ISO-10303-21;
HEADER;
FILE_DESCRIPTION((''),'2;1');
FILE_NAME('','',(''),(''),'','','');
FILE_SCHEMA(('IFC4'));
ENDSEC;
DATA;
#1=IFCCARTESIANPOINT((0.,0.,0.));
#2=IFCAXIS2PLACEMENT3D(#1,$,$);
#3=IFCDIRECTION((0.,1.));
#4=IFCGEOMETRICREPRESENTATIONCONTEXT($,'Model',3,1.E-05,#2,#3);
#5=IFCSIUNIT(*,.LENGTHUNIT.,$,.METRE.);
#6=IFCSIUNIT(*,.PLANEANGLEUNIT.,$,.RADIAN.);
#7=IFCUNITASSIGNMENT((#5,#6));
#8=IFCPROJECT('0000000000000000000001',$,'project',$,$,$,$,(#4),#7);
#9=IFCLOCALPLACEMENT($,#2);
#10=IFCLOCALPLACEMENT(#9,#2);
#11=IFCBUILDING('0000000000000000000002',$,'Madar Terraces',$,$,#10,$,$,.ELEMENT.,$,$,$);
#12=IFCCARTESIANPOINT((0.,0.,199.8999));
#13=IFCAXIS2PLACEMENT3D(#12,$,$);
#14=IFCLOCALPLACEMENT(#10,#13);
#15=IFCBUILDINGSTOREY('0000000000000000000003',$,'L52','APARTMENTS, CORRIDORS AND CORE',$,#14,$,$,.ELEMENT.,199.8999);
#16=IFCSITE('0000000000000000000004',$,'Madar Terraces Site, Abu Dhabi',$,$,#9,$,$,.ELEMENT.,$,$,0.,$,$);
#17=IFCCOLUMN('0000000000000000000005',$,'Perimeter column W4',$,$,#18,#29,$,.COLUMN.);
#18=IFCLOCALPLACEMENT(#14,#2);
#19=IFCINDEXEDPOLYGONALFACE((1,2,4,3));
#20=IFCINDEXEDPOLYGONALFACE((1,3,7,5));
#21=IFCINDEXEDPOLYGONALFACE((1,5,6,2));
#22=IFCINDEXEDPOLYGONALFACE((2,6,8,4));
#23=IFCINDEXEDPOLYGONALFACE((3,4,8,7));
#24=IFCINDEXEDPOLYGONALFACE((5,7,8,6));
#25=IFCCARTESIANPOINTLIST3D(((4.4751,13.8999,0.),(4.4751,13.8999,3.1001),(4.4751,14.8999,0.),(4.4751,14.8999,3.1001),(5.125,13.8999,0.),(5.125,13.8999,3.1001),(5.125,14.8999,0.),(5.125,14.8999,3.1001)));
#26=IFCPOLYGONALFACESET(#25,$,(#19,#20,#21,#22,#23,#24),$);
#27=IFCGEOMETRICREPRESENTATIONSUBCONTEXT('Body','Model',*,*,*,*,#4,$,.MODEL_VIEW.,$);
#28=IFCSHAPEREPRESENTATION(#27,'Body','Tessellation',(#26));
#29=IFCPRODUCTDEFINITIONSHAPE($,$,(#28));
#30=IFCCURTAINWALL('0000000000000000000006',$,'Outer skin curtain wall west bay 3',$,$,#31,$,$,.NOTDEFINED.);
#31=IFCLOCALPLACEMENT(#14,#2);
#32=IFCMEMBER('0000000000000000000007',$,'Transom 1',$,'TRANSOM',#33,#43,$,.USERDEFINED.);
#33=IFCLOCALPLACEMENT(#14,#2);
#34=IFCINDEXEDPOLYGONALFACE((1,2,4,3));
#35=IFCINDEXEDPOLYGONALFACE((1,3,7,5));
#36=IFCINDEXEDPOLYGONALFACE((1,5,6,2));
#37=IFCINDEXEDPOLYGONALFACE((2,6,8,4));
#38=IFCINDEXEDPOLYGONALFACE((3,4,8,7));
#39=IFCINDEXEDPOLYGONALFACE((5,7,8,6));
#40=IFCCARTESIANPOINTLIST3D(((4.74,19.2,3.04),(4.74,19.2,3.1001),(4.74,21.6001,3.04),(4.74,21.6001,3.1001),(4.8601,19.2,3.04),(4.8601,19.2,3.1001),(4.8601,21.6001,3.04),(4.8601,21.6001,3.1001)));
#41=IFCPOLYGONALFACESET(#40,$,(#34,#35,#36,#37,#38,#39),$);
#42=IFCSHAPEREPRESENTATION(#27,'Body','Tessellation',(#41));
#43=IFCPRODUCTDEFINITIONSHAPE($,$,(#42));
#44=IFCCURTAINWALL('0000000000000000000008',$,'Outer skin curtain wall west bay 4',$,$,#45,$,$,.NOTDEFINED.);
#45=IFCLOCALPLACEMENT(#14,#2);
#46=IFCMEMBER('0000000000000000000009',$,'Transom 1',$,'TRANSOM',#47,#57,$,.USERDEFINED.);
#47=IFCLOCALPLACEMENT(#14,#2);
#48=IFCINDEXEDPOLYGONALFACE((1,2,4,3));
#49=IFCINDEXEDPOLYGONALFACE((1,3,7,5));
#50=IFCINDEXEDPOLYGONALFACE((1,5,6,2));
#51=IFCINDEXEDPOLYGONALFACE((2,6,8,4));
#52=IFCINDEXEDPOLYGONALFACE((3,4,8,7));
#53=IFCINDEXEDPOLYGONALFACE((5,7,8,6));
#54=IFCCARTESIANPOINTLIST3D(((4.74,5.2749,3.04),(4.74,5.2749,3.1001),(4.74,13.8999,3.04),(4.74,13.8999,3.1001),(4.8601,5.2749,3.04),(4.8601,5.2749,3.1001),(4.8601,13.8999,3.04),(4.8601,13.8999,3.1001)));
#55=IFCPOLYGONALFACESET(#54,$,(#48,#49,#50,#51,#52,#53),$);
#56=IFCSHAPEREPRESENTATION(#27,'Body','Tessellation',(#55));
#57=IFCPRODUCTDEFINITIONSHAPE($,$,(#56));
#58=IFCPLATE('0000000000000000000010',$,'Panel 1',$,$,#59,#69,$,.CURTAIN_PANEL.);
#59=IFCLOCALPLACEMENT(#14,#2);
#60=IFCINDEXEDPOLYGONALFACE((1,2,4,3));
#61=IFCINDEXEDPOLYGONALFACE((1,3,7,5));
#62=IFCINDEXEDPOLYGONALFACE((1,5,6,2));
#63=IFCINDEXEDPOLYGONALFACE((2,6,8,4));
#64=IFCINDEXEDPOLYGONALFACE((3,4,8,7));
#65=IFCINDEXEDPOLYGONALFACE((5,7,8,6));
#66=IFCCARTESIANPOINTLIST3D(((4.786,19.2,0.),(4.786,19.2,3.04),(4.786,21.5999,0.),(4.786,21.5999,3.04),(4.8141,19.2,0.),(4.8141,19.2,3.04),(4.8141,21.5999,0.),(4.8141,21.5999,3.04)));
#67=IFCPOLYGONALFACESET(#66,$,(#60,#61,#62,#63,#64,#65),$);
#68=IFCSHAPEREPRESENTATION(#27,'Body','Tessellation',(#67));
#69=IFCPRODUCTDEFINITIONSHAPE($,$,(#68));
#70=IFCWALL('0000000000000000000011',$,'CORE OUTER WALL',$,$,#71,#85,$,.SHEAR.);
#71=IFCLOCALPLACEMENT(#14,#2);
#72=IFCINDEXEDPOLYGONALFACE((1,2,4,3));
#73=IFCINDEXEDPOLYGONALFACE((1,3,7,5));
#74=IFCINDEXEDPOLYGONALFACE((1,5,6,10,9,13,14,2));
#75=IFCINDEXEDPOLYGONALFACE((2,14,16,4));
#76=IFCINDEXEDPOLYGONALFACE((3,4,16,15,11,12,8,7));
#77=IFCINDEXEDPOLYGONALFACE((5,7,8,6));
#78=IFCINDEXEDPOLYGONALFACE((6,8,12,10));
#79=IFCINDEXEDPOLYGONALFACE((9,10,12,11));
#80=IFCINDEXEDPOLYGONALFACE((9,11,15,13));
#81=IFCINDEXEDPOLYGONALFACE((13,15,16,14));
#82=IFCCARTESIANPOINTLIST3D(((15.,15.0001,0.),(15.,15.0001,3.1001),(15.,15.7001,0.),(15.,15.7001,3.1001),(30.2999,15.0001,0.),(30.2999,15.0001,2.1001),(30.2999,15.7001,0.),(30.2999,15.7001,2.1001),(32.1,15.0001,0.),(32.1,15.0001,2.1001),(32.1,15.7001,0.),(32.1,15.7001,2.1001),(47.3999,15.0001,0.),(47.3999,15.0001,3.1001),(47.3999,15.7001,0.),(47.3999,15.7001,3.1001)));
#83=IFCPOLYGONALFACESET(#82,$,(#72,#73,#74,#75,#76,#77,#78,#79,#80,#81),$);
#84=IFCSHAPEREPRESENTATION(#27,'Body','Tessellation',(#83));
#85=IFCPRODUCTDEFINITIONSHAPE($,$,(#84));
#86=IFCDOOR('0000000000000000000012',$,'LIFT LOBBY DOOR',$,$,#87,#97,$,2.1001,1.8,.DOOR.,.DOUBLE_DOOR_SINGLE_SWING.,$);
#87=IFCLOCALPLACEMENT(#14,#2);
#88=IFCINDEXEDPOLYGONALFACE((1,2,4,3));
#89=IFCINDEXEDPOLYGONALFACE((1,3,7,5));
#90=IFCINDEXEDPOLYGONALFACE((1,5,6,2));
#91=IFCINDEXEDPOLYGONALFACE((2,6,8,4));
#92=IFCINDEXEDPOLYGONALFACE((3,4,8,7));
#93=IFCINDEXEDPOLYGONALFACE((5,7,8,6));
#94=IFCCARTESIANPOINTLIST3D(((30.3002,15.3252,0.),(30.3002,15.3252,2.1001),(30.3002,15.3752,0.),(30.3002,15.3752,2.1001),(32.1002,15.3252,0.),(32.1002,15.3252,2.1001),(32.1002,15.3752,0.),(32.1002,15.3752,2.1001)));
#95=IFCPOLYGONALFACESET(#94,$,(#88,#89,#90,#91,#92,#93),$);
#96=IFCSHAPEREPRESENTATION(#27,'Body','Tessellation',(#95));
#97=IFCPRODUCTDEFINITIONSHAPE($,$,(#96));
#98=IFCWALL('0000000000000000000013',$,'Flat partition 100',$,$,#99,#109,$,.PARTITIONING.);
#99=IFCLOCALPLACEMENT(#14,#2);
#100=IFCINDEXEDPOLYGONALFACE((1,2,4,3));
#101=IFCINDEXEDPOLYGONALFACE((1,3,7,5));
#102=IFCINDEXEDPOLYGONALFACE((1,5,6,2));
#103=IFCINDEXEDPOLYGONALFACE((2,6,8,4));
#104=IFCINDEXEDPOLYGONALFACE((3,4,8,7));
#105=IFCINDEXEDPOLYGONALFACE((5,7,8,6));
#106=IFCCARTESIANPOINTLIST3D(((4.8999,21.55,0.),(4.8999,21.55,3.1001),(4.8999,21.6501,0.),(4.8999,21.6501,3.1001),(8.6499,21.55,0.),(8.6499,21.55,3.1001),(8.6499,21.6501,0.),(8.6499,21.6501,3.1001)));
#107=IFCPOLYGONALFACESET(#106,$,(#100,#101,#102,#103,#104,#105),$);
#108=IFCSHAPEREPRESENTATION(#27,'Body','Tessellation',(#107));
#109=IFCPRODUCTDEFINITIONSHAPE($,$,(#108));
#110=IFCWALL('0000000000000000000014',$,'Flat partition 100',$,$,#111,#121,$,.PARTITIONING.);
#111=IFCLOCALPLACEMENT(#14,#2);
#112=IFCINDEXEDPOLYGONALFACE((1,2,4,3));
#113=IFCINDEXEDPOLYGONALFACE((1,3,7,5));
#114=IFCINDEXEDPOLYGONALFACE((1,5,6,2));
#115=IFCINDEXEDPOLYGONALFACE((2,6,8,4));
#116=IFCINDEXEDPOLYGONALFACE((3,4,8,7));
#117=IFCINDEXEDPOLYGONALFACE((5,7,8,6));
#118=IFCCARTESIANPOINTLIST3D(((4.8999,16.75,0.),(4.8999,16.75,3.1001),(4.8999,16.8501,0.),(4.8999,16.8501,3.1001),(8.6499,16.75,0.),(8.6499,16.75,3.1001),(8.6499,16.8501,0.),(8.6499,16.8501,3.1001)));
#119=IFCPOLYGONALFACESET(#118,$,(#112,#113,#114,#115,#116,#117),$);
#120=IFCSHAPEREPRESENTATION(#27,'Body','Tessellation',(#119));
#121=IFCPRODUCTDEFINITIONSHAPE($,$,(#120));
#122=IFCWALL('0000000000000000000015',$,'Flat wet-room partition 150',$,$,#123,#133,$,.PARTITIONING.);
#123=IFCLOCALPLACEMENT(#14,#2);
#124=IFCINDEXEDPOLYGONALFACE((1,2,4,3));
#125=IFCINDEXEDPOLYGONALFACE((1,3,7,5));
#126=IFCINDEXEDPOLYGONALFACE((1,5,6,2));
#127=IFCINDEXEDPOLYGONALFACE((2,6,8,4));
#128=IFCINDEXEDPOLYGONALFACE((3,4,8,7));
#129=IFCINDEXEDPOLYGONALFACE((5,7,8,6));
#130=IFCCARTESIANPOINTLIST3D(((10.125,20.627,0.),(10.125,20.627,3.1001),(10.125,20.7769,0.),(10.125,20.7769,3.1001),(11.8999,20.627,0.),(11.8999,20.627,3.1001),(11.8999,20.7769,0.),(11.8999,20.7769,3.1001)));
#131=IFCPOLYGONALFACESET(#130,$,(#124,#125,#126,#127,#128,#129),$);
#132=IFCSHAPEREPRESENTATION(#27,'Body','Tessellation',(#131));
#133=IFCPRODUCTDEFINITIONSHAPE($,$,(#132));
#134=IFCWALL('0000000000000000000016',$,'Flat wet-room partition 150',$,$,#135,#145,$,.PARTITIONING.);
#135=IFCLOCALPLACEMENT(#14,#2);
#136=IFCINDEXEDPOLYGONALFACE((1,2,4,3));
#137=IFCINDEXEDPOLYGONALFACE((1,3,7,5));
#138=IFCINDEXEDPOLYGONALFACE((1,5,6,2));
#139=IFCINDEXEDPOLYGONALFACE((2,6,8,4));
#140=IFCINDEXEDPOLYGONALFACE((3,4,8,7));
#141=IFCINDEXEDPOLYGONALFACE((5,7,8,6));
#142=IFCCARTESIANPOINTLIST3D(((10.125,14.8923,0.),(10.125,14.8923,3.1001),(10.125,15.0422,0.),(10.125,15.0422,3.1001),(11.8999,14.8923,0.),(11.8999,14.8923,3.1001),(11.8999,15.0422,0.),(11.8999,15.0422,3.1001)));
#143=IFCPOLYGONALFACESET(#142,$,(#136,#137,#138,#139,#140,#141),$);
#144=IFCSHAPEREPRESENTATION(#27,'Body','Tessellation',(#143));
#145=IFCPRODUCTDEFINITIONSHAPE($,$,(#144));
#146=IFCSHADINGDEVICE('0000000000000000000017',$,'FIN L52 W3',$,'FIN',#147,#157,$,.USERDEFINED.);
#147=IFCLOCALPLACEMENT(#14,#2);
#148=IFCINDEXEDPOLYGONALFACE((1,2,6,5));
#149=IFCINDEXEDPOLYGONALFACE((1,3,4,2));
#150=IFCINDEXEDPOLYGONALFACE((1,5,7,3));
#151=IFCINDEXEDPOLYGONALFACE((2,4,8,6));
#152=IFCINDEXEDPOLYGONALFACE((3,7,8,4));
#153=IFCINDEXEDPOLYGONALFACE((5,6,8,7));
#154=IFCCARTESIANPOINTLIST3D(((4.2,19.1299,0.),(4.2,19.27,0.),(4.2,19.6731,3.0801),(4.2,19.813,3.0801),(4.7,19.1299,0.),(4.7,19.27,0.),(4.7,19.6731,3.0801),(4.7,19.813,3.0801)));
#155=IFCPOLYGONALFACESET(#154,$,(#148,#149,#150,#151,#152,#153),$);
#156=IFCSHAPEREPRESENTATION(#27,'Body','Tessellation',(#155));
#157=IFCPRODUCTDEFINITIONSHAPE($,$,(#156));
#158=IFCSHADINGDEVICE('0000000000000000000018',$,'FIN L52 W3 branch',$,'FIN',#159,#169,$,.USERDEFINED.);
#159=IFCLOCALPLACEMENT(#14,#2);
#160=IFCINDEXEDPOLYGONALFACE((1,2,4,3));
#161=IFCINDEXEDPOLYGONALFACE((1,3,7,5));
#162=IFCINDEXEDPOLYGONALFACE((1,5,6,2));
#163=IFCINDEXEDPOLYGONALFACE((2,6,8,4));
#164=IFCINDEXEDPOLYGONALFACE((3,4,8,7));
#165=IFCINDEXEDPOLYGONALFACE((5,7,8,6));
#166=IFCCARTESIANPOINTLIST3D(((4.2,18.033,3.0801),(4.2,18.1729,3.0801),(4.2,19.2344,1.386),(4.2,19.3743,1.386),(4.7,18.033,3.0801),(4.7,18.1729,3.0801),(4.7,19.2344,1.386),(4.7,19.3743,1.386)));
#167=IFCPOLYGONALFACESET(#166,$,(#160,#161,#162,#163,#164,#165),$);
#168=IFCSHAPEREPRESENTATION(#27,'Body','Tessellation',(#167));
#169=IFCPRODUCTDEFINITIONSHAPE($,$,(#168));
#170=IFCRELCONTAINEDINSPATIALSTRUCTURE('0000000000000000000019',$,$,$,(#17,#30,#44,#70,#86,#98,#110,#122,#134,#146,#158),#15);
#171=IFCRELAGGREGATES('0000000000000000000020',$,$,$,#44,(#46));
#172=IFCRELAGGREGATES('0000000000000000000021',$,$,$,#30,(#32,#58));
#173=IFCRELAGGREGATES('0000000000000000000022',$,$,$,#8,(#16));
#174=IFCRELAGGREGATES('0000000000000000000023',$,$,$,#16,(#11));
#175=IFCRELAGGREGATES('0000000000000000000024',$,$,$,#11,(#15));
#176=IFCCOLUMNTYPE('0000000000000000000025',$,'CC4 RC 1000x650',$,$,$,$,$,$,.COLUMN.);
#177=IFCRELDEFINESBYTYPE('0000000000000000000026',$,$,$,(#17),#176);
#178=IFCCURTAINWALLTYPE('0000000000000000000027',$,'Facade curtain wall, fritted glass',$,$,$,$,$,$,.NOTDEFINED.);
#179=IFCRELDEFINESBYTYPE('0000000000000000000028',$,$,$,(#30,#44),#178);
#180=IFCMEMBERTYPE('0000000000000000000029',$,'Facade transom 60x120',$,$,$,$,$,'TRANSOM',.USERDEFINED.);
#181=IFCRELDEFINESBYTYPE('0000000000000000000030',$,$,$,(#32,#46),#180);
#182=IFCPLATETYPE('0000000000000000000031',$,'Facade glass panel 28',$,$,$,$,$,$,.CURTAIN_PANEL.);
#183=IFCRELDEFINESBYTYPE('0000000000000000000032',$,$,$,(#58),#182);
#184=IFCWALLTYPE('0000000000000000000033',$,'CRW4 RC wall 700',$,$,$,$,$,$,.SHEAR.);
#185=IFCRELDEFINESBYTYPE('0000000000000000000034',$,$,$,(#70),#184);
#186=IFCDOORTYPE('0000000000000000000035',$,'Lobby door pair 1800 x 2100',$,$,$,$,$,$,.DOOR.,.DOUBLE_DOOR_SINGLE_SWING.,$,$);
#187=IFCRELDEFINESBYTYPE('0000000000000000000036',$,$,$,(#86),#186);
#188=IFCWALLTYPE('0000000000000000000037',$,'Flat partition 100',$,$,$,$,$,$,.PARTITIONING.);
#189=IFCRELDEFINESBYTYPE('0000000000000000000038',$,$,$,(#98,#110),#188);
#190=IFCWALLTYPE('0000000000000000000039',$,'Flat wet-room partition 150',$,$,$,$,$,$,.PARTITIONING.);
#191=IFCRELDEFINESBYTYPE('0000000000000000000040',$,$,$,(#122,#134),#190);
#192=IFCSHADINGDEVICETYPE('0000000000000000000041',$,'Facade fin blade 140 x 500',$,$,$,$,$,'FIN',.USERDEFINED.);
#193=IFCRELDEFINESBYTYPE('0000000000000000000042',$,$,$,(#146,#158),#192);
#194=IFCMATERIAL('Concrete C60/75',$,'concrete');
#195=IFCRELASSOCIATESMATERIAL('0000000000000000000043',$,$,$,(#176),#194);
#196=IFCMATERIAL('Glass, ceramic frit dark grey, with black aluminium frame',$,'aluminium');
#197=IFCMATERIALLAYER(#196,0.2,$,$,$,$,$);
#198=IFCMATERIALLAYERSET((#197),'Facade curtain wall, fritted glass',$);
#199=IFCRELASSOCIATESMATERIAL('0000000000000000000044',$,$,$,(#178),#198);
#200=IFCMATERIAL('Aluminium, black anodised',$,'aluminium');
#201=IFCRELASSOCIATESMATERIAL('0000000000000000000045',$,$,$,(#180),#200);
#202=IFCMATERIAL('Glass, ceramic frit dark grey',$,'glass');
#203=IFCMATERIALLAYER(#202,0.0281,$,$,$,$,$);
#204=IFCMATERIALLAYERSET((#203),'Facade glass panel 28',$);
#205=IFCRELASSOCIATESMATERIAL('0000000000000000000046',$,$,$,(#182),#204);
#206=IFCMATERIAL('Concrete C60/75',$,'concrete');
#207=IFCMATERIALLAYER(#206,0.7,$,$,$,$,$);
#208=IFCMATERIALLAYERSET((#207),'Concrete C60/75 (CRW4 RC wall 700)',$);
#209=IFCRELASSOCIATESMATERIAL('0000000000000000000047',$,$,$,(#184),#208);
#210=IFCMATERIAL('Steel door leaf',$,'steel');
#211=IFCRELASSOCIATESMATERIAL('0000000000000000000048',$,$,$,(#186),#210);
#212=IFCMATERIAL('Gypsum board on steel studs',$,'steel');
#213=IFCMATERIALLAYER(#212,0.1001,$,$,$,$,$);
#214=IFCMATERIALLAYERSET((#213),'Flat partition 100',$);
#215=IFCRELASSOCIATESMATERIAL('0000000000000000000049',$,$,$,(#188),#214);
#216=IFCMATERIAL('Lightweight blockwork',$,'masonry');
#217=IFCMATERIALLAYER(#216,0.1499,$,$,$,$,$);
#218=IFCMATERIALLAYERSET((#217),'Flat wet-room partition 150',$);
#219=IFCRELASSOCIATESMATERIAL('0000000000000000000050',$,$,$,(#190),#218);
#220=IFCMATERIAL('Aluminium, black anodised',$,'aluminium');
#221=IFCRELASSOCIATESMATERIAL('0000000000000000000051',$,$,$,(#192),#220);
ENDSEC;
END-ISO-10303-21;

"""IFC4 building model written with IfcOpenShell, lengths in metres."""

from ifc_helpers import new_model, si_unit, direction, frame, frame_2d, origin, origin_2d, place, context, subcontext, project, spatial, polyline, rectangle, outline, extrude, material, layer, layer_set, material_profile, profile_set, type_object, element, fill, aggregate, save


model = new_model("IFC4")

# Units and contexts
model_context = context("Model", 3, precision=1e-05, world=origin(), true_north=direction((0.0, 1.0)))
body_context = subcontext(model_context, "Body", "Model", "MODEL_VIEW")
ifc_project = project(units=[si_unit("LENGTHUNIT", "METRE"), si_unit("PLANEANGLEUNIT", "RADIAN")], contexts=[model_context])

# Site, building, storey
site_placement = place(None, origin())
site = spatial("IfcSite", under=ifc_project, at=site_placement, Name="Madar Terraces Site, Abu Dhabi", CompositionType="ELEMENT", RefElevation=0.0)
building_placement = place(site_placement, origin())
building = spatial("IfcBuilding", under=site, at=building_placement, Name="Madar Terraces", CompositionType="ELEMENT")
storey_placement = place(building_placement, frame((0.0, 0.0, 199.8999)))
storey = spatial("IfcBuildingStorey", under=building, at=storey_placement, Name="L52", Description="APARTMENTS, CORRIDORS AND CORE", CompositionType="ELEMENT", Elevation=199.8999)

# Column
ifc_material_1 = material(Name="Concrete C60/75", Category="concrete")
ifc_material_profile_1 = material_profile(ifc_material_1, rectangle(XDim=1.0, YDim=0.6499, at=origin_2d()), Name="CC4 RC 1000x650")
ifc_profile_set_1 = profile_set([ifc_material_profile_1], Name="Concrete C60/75")
column_type = type_object("IfcColumnType", Name="CC4 RC 1000x650", PredefinedType="COLUMN", material=ifc_profile_set_1)
column_placement = place(storey_placement, frame((4.8, 14.3999, 0.0), z_axis=(0.0, 0.0, 1.0), x_axis=(0.0, 1.0, 0.0)))
element("IfcColumn", 1, at=column_placement, inside=storey, type_object=column_type, Name="Perimeter column W4", PredefinedType="COLUMN", context=body_context, shape_type="SweptSolid", body=[
    extrude(rectangle(XDim=1.0, YDim=0.6499, at=origin_2d()), origin(), (0.0, 0.0, 1.0), 3.1001),
])

# Curtain walls, members
ifc_material_2 = material(Name="Glass, ceramic frit dark grey, with black aluminium frame", Category="aluminium")
ifc_layer_1 = layer(ifc_material_2, 0.2)
ifc_layer_set_1 = layer_set([ifc_layer_1], Name="Facade curtain wall, fritted glass")
curtain_wall_type = type_object("IfcCurtainWallType", Name="Facade curtain wall, fritted glass", PredefinedType="NOTDEFINED", material=ifc_layer_set_1)
curtain_wall_1_placement = place(storey_placement, origin())
curtain_wall_1 = element("IfcCurtainWall", 2, at=curtain_wall_1_placement, inside=storey, type_object=curtain_wall_type, Name="Outer skin curtain wall west bay 3", PredefinedType="NOTDEFINED")
ifc_material_3 = material(Name="Aluminium, black anodised", Category="aluminium")
ifc_material_profile_2 = material_profile(ifc_material_3, rectangle(XDim=0.1201, YDim=0.0601, at=origin_2d()), Name="Facade transom 60x120")
ifc_profile_set_2 = profile_set([ifc_material_profile_2], Name="Aluminium, black anodised")
member_type = type_object("IfcMemberType", Name="Facade transom 60x120", ElementType="TRANSOM", PredefinedType="USERDEFINED", material=ifc_profile_set_2)
member_1_placement = place(storey_placement, frame((4.8, 21.6001, 3.0701), z_axis=(0.0, -1.0, 0.0), x_axis=(1.0, 0.0, 0.0)))
member_1 = element("IfcMember", 3, at=member_1_placement, type_object=member_type, Name="Transom 1", ObjectType="TRANSOM", PredefinedType="USERDEFINED", context=body_context, shape_type="SweptSolid", body=[
    extrude(rectangle(XDim=0.1201, YDim=0.0601, at=origin_2d()), origin(), (0.0, 0.0, 1.0), 2.4001),
])
curtain_wall_2_placement = place(storey_placement, origin())
curtain_wall_2 = element("IfcCurtainWall", 4, at=curtain_wall_2_placement, inside=storey, type_object=curtain_wall_type, Name="Outer skin curtain wall west bay 4", PredefinedType="NOTDEFINED")
member_2_placement = place(storey_placement, frame((4.8, 13.8999, 3.0701), z_axis=(0.0, -1.0, 0.0), x_axis=(1.0, 0.0, 0.0)))
member_2 = element("IfcMember", 5, at=member_2_placement, type_object=member_type, Name="Transom 1", ObjectType="TRANSOM", PredefinedType="USERDEFINED", context=body_context, shape_type="SweptSolid", body=[
    extrude(rectangle(XDim=0.1201, YDim=0.0601, at=origin_2d()), origin(), (0.0, 0.0, 1.0), 8.625),
])
aggregate(curtain_wall_2, [member_2])

# Plate
ifc_material_4 = material(Name="Glass, ceramic frit dark grey", Category="glass")
ifc_layer_2 = layer(ifc_material_4, 0.0281)
ifc_layer_set_2 = layer_set([ifc_layer_2], Name="Facade glass panel 28")
plate_type = type_object("IfcPlateType", Name="Facade glass panel 28", PredefinedType="CURTAIN_PANEL", material=ifc_layer_set_2)
plate_placement = place(storey_placement, frame((4.8, 20.3999, 0.0), z_axis=(0.0, 0.0, 1.0), x_axis=(0.0, -1.0, 0.0)))
plate = element("IfcPlate", 6, at=plate_placement, type_object=plate_type, Name="Panel 1", PredefinedType="CURTAIN_PANEL", context=body_context, shape_type="SweptSolid", body=[
    extrude(rectangle(XDim=2.3999, YDim=0.0281, at=origin_2d()), origin(), (0.0, 0.0, 1.0), 3.04),
])
aggregate(curtain_wall_1, [member_1, plate])

# Wall, opening, door
ifc_material_5 = material(Name="Concrete C60/75", Category="concrete")
ifc_layer_3 = layer(ifc_material_5, 0.7)
ifc_layer_set_3 = layer_set([ifc_layer_3], Name="Concrete C60/75 (CRW4 RC wall 700)")
wall_type_1 = type_object("IfcWallType", Name="CRW4 RC wall 700", PredefinedType="SHEAR", material=ifc_layer_set_3)
wall_1_placement = place(storey_placement, frame((15.0, 15.3501, 0.0), z_axis=(0.0, 0.0, 1.0), x_axis=(1.0, 0.0, 0.0)))
wall_1 = element("IfcWall", 7, at=wall_1_placement, inside=storey, type_object=wall_type_1, Name="CORE OUTER WALL", PredefinedType="SHEAR", context=body_context, shape_type="SweptSolid", body=[
    extrude(rectangle(XDim=32.3999, YDim=0.7, at=frame_2d((16.2, 0.0))), origin(), (0.0, 0.0, 1.0), 3.1001),
])
opening_1_placement = place(wall_1_placement, frame((15.3, 0.0, 0.0)))
opening_1 = element("IfcOpeningElement", 8, at=opening_1_placement, cuts=wall_1, PredefinedType="OPENING", context=body_context, shape_type="SweptSolid", body=[
    extrude(rectangle(XDim=1.8, YDim=2.1001, at=frame_2d((0.8999, 1.05))), frame((0.0, 0.3599, 0.0), z_axis=(0.0, -1.0, 0.0), x_axis=(1.0, 0.0, 0.0)), (0.0, 0.0, 1.0), 0.72),
])
ifc_material_6 = material(Name="Steel door leaf", Category="steel")
door_type_1 = type_object("IfcDoorType", Name="Lobby door pair 1800 x 2100", OperationType="DOUBLE_DOOR_SINGLE_SWING", PredefinedType="DOOR", material=ifc_material_6)
door_1_placement = place(opening_1_placement, frame((1.8, 0.0, 0.0), z_axis=(0.0, 0.0, 1.0), x_axis=(-1.0, 0.0, 0.0)))
door_1 = element("IfcDoor", 9, at=door_1_placement, inside=storey, type_object=door_type_1, Name="LIFT LOBBY DOOR", OperationType="DOUBLE_DOOR_SINGLE_SWING", OverallHeight=2.1001, OverallWidth=1.8, PredefinedType="DOOR", context=body_context, shape_type="SweptSolid", body=[
    extrude(rectangle(XDim=1.8, YDim=2.1001, at=frame_2d((0.8999, 1.05))), frame((0.0, 0.0249, 0.0), z_axis=(0.0, -1.0, 0.0), x_axis=(1.0, 0.0, 0.0)), (0.0, 0.0, 1.0), 0.05),
])
fill(opening_1, door_1)

# Walls
ifc_material_7 = material(Name="Gypsum board on steel studs", Category="steel")
ifc_layer_4 = layer(ifc_material_7, 0.1001)
ifc_layer_set_4 = layer_set([ifc_layer_4], Name="Flat partition 100")
wall_type_2 = type_object("IfcWallType", Name="Flat partition 100", PredefinedType="PARTITIONING", material=ifc_layer_set_4)
for number, where, z_axis, x_axis, name in (
    (10, (8.6499, 21.6001, 0.0), (0.0, 0.0, 1.0), (-1.0, 0.0, 0.0), "Flat partition 100"),
    (11, (8.6499, 16.8, 0.0), (0.0, 0.0, 1.0), (-1.0, 0.0, 0.0), "Flat partition 100"),
):
    element("IfcWall", number, at=place(storey_placement, frame(where, z_axis=z_axis, x_axis=x_axis)), inside=storey, type_object=wall_type_2, Name=name, PredefinedType="PARTITIONING", context=body_context, shape_type="SweptSolid", body=[
        extrude(rectangle(XDim=3.75, YDim=0.1001, at=frame_2d((1.875, 0.0))), origin(), (0.0, 0.0, 1.0), 3.1001),
    ])
ifc_material_8 = material(Name="Lightweight blockwork", Category="masonry")
ifc_layer_5 = layer(ifc_material_8, 0.1499)
ifc_layer_set_5 = layer_set([ifc_layer_5], Name="Flat wet-room partition 150")
wall_type_3 = type_object("IfcWallType", Name="Flat wet-room partition 150", PredefinedType="PARTITIONING", material=ifc_layer_set_5)
for number, where, z_axis, x_axis, name in (
    (12, (11.8999, 20.7019, 0.0), (0.0, 0.0, 1.0), (-1.0, 0.0, 0.0), "Flat wet-room partition 150"),
    (13, (11.8999, 14.9673, 0.0), (0.0, 0.0, 1.0), (-1.0, 0.0, 0.0), "Flat wet-room partition 150"),
):
    element("IfcWall", number, at=place(storey_placement, frame(where, z_axis=z_axis, x_axis=x_axis)), inside=storey, type_object=wall_type_3, Name=name, PredefinedType="PARTITIONING", context=body_context, shape_type="SweptSolid", body=[
        extrude(rectangle(XDim=1.7749, YDim=0.1499, at=frame_2d((0.8875, 0.0))), origin(), (0.0, 0.0, 1.0), 3.1001),
    ])

# Shading devices
ifc_material_9 = material(Name="Aluminium, black anodised", Category="aluminium")
shading_device_type = type_object("IfcShadingDeviceType", Name="Facade fin blade 140 x 500", ElementType="FIN", PredefinedType="USERDEFINED", material=ifc_material_9)
shading_device_1_placement = place(storey_placement, frame((4.45, 19.27, 0.0), z_axis=(0.0, 0.0, 1.0), x_axis=(0.0, -1.0, 0.0)))
element("IfcShadingDevice", 14, at=shading_device_1_placement, inside=storey, type_object=shading_device_type, Name="FIN L52 W3", ObjectType="FIN", PredefinedType="USERDEFINED", context=body_context, shape_type="SweptSolid", body=[
    extrude(outline(polyline([(0.0, 0.0), (0.1401, 0.0), (-0.4031, 3.0801), (-0.543, 3.0801), (0.0, 0.0)])), frame((0.0, 0.25, 0.0), z_axis=(0.0, -1.0, 0.0), x_axis=(1.0, 0.0, 0.0)), (0.0, 0.0, 1.0), 0.5),
])
shading_device_2_placement = place(storey_placement, frame((4.45, 19.3743, 1.386), z_axis=(0.0, 0.0, 1.0), x_axis=(0.0, -1.0, 0.0)))
element("IfcShadingDevice", 15, at=shading_device_2_placement, inside=storey, type_object=shading_device_type, Name="FIN L52 W3 branch", ObjectType="FIN", PredefinedType="USERDEFINED", context=body_context, shape_type="SweptSolid", body=[
    extrude(outline(polyline([(0.0, 0.0), (0.1399, 0.0), (1.3413, 1.6941), (1.2014, 1.6941), (0.0, 0.0)])), frame((0.0, 0.25, 0.0), z_axis=(0.0, -1.0, 0.0), x_axis=(1.0, 0.0, 0.0)), (0.0, 0.0, 1.0), 0.5),
])

save(model, "model.ifc")
